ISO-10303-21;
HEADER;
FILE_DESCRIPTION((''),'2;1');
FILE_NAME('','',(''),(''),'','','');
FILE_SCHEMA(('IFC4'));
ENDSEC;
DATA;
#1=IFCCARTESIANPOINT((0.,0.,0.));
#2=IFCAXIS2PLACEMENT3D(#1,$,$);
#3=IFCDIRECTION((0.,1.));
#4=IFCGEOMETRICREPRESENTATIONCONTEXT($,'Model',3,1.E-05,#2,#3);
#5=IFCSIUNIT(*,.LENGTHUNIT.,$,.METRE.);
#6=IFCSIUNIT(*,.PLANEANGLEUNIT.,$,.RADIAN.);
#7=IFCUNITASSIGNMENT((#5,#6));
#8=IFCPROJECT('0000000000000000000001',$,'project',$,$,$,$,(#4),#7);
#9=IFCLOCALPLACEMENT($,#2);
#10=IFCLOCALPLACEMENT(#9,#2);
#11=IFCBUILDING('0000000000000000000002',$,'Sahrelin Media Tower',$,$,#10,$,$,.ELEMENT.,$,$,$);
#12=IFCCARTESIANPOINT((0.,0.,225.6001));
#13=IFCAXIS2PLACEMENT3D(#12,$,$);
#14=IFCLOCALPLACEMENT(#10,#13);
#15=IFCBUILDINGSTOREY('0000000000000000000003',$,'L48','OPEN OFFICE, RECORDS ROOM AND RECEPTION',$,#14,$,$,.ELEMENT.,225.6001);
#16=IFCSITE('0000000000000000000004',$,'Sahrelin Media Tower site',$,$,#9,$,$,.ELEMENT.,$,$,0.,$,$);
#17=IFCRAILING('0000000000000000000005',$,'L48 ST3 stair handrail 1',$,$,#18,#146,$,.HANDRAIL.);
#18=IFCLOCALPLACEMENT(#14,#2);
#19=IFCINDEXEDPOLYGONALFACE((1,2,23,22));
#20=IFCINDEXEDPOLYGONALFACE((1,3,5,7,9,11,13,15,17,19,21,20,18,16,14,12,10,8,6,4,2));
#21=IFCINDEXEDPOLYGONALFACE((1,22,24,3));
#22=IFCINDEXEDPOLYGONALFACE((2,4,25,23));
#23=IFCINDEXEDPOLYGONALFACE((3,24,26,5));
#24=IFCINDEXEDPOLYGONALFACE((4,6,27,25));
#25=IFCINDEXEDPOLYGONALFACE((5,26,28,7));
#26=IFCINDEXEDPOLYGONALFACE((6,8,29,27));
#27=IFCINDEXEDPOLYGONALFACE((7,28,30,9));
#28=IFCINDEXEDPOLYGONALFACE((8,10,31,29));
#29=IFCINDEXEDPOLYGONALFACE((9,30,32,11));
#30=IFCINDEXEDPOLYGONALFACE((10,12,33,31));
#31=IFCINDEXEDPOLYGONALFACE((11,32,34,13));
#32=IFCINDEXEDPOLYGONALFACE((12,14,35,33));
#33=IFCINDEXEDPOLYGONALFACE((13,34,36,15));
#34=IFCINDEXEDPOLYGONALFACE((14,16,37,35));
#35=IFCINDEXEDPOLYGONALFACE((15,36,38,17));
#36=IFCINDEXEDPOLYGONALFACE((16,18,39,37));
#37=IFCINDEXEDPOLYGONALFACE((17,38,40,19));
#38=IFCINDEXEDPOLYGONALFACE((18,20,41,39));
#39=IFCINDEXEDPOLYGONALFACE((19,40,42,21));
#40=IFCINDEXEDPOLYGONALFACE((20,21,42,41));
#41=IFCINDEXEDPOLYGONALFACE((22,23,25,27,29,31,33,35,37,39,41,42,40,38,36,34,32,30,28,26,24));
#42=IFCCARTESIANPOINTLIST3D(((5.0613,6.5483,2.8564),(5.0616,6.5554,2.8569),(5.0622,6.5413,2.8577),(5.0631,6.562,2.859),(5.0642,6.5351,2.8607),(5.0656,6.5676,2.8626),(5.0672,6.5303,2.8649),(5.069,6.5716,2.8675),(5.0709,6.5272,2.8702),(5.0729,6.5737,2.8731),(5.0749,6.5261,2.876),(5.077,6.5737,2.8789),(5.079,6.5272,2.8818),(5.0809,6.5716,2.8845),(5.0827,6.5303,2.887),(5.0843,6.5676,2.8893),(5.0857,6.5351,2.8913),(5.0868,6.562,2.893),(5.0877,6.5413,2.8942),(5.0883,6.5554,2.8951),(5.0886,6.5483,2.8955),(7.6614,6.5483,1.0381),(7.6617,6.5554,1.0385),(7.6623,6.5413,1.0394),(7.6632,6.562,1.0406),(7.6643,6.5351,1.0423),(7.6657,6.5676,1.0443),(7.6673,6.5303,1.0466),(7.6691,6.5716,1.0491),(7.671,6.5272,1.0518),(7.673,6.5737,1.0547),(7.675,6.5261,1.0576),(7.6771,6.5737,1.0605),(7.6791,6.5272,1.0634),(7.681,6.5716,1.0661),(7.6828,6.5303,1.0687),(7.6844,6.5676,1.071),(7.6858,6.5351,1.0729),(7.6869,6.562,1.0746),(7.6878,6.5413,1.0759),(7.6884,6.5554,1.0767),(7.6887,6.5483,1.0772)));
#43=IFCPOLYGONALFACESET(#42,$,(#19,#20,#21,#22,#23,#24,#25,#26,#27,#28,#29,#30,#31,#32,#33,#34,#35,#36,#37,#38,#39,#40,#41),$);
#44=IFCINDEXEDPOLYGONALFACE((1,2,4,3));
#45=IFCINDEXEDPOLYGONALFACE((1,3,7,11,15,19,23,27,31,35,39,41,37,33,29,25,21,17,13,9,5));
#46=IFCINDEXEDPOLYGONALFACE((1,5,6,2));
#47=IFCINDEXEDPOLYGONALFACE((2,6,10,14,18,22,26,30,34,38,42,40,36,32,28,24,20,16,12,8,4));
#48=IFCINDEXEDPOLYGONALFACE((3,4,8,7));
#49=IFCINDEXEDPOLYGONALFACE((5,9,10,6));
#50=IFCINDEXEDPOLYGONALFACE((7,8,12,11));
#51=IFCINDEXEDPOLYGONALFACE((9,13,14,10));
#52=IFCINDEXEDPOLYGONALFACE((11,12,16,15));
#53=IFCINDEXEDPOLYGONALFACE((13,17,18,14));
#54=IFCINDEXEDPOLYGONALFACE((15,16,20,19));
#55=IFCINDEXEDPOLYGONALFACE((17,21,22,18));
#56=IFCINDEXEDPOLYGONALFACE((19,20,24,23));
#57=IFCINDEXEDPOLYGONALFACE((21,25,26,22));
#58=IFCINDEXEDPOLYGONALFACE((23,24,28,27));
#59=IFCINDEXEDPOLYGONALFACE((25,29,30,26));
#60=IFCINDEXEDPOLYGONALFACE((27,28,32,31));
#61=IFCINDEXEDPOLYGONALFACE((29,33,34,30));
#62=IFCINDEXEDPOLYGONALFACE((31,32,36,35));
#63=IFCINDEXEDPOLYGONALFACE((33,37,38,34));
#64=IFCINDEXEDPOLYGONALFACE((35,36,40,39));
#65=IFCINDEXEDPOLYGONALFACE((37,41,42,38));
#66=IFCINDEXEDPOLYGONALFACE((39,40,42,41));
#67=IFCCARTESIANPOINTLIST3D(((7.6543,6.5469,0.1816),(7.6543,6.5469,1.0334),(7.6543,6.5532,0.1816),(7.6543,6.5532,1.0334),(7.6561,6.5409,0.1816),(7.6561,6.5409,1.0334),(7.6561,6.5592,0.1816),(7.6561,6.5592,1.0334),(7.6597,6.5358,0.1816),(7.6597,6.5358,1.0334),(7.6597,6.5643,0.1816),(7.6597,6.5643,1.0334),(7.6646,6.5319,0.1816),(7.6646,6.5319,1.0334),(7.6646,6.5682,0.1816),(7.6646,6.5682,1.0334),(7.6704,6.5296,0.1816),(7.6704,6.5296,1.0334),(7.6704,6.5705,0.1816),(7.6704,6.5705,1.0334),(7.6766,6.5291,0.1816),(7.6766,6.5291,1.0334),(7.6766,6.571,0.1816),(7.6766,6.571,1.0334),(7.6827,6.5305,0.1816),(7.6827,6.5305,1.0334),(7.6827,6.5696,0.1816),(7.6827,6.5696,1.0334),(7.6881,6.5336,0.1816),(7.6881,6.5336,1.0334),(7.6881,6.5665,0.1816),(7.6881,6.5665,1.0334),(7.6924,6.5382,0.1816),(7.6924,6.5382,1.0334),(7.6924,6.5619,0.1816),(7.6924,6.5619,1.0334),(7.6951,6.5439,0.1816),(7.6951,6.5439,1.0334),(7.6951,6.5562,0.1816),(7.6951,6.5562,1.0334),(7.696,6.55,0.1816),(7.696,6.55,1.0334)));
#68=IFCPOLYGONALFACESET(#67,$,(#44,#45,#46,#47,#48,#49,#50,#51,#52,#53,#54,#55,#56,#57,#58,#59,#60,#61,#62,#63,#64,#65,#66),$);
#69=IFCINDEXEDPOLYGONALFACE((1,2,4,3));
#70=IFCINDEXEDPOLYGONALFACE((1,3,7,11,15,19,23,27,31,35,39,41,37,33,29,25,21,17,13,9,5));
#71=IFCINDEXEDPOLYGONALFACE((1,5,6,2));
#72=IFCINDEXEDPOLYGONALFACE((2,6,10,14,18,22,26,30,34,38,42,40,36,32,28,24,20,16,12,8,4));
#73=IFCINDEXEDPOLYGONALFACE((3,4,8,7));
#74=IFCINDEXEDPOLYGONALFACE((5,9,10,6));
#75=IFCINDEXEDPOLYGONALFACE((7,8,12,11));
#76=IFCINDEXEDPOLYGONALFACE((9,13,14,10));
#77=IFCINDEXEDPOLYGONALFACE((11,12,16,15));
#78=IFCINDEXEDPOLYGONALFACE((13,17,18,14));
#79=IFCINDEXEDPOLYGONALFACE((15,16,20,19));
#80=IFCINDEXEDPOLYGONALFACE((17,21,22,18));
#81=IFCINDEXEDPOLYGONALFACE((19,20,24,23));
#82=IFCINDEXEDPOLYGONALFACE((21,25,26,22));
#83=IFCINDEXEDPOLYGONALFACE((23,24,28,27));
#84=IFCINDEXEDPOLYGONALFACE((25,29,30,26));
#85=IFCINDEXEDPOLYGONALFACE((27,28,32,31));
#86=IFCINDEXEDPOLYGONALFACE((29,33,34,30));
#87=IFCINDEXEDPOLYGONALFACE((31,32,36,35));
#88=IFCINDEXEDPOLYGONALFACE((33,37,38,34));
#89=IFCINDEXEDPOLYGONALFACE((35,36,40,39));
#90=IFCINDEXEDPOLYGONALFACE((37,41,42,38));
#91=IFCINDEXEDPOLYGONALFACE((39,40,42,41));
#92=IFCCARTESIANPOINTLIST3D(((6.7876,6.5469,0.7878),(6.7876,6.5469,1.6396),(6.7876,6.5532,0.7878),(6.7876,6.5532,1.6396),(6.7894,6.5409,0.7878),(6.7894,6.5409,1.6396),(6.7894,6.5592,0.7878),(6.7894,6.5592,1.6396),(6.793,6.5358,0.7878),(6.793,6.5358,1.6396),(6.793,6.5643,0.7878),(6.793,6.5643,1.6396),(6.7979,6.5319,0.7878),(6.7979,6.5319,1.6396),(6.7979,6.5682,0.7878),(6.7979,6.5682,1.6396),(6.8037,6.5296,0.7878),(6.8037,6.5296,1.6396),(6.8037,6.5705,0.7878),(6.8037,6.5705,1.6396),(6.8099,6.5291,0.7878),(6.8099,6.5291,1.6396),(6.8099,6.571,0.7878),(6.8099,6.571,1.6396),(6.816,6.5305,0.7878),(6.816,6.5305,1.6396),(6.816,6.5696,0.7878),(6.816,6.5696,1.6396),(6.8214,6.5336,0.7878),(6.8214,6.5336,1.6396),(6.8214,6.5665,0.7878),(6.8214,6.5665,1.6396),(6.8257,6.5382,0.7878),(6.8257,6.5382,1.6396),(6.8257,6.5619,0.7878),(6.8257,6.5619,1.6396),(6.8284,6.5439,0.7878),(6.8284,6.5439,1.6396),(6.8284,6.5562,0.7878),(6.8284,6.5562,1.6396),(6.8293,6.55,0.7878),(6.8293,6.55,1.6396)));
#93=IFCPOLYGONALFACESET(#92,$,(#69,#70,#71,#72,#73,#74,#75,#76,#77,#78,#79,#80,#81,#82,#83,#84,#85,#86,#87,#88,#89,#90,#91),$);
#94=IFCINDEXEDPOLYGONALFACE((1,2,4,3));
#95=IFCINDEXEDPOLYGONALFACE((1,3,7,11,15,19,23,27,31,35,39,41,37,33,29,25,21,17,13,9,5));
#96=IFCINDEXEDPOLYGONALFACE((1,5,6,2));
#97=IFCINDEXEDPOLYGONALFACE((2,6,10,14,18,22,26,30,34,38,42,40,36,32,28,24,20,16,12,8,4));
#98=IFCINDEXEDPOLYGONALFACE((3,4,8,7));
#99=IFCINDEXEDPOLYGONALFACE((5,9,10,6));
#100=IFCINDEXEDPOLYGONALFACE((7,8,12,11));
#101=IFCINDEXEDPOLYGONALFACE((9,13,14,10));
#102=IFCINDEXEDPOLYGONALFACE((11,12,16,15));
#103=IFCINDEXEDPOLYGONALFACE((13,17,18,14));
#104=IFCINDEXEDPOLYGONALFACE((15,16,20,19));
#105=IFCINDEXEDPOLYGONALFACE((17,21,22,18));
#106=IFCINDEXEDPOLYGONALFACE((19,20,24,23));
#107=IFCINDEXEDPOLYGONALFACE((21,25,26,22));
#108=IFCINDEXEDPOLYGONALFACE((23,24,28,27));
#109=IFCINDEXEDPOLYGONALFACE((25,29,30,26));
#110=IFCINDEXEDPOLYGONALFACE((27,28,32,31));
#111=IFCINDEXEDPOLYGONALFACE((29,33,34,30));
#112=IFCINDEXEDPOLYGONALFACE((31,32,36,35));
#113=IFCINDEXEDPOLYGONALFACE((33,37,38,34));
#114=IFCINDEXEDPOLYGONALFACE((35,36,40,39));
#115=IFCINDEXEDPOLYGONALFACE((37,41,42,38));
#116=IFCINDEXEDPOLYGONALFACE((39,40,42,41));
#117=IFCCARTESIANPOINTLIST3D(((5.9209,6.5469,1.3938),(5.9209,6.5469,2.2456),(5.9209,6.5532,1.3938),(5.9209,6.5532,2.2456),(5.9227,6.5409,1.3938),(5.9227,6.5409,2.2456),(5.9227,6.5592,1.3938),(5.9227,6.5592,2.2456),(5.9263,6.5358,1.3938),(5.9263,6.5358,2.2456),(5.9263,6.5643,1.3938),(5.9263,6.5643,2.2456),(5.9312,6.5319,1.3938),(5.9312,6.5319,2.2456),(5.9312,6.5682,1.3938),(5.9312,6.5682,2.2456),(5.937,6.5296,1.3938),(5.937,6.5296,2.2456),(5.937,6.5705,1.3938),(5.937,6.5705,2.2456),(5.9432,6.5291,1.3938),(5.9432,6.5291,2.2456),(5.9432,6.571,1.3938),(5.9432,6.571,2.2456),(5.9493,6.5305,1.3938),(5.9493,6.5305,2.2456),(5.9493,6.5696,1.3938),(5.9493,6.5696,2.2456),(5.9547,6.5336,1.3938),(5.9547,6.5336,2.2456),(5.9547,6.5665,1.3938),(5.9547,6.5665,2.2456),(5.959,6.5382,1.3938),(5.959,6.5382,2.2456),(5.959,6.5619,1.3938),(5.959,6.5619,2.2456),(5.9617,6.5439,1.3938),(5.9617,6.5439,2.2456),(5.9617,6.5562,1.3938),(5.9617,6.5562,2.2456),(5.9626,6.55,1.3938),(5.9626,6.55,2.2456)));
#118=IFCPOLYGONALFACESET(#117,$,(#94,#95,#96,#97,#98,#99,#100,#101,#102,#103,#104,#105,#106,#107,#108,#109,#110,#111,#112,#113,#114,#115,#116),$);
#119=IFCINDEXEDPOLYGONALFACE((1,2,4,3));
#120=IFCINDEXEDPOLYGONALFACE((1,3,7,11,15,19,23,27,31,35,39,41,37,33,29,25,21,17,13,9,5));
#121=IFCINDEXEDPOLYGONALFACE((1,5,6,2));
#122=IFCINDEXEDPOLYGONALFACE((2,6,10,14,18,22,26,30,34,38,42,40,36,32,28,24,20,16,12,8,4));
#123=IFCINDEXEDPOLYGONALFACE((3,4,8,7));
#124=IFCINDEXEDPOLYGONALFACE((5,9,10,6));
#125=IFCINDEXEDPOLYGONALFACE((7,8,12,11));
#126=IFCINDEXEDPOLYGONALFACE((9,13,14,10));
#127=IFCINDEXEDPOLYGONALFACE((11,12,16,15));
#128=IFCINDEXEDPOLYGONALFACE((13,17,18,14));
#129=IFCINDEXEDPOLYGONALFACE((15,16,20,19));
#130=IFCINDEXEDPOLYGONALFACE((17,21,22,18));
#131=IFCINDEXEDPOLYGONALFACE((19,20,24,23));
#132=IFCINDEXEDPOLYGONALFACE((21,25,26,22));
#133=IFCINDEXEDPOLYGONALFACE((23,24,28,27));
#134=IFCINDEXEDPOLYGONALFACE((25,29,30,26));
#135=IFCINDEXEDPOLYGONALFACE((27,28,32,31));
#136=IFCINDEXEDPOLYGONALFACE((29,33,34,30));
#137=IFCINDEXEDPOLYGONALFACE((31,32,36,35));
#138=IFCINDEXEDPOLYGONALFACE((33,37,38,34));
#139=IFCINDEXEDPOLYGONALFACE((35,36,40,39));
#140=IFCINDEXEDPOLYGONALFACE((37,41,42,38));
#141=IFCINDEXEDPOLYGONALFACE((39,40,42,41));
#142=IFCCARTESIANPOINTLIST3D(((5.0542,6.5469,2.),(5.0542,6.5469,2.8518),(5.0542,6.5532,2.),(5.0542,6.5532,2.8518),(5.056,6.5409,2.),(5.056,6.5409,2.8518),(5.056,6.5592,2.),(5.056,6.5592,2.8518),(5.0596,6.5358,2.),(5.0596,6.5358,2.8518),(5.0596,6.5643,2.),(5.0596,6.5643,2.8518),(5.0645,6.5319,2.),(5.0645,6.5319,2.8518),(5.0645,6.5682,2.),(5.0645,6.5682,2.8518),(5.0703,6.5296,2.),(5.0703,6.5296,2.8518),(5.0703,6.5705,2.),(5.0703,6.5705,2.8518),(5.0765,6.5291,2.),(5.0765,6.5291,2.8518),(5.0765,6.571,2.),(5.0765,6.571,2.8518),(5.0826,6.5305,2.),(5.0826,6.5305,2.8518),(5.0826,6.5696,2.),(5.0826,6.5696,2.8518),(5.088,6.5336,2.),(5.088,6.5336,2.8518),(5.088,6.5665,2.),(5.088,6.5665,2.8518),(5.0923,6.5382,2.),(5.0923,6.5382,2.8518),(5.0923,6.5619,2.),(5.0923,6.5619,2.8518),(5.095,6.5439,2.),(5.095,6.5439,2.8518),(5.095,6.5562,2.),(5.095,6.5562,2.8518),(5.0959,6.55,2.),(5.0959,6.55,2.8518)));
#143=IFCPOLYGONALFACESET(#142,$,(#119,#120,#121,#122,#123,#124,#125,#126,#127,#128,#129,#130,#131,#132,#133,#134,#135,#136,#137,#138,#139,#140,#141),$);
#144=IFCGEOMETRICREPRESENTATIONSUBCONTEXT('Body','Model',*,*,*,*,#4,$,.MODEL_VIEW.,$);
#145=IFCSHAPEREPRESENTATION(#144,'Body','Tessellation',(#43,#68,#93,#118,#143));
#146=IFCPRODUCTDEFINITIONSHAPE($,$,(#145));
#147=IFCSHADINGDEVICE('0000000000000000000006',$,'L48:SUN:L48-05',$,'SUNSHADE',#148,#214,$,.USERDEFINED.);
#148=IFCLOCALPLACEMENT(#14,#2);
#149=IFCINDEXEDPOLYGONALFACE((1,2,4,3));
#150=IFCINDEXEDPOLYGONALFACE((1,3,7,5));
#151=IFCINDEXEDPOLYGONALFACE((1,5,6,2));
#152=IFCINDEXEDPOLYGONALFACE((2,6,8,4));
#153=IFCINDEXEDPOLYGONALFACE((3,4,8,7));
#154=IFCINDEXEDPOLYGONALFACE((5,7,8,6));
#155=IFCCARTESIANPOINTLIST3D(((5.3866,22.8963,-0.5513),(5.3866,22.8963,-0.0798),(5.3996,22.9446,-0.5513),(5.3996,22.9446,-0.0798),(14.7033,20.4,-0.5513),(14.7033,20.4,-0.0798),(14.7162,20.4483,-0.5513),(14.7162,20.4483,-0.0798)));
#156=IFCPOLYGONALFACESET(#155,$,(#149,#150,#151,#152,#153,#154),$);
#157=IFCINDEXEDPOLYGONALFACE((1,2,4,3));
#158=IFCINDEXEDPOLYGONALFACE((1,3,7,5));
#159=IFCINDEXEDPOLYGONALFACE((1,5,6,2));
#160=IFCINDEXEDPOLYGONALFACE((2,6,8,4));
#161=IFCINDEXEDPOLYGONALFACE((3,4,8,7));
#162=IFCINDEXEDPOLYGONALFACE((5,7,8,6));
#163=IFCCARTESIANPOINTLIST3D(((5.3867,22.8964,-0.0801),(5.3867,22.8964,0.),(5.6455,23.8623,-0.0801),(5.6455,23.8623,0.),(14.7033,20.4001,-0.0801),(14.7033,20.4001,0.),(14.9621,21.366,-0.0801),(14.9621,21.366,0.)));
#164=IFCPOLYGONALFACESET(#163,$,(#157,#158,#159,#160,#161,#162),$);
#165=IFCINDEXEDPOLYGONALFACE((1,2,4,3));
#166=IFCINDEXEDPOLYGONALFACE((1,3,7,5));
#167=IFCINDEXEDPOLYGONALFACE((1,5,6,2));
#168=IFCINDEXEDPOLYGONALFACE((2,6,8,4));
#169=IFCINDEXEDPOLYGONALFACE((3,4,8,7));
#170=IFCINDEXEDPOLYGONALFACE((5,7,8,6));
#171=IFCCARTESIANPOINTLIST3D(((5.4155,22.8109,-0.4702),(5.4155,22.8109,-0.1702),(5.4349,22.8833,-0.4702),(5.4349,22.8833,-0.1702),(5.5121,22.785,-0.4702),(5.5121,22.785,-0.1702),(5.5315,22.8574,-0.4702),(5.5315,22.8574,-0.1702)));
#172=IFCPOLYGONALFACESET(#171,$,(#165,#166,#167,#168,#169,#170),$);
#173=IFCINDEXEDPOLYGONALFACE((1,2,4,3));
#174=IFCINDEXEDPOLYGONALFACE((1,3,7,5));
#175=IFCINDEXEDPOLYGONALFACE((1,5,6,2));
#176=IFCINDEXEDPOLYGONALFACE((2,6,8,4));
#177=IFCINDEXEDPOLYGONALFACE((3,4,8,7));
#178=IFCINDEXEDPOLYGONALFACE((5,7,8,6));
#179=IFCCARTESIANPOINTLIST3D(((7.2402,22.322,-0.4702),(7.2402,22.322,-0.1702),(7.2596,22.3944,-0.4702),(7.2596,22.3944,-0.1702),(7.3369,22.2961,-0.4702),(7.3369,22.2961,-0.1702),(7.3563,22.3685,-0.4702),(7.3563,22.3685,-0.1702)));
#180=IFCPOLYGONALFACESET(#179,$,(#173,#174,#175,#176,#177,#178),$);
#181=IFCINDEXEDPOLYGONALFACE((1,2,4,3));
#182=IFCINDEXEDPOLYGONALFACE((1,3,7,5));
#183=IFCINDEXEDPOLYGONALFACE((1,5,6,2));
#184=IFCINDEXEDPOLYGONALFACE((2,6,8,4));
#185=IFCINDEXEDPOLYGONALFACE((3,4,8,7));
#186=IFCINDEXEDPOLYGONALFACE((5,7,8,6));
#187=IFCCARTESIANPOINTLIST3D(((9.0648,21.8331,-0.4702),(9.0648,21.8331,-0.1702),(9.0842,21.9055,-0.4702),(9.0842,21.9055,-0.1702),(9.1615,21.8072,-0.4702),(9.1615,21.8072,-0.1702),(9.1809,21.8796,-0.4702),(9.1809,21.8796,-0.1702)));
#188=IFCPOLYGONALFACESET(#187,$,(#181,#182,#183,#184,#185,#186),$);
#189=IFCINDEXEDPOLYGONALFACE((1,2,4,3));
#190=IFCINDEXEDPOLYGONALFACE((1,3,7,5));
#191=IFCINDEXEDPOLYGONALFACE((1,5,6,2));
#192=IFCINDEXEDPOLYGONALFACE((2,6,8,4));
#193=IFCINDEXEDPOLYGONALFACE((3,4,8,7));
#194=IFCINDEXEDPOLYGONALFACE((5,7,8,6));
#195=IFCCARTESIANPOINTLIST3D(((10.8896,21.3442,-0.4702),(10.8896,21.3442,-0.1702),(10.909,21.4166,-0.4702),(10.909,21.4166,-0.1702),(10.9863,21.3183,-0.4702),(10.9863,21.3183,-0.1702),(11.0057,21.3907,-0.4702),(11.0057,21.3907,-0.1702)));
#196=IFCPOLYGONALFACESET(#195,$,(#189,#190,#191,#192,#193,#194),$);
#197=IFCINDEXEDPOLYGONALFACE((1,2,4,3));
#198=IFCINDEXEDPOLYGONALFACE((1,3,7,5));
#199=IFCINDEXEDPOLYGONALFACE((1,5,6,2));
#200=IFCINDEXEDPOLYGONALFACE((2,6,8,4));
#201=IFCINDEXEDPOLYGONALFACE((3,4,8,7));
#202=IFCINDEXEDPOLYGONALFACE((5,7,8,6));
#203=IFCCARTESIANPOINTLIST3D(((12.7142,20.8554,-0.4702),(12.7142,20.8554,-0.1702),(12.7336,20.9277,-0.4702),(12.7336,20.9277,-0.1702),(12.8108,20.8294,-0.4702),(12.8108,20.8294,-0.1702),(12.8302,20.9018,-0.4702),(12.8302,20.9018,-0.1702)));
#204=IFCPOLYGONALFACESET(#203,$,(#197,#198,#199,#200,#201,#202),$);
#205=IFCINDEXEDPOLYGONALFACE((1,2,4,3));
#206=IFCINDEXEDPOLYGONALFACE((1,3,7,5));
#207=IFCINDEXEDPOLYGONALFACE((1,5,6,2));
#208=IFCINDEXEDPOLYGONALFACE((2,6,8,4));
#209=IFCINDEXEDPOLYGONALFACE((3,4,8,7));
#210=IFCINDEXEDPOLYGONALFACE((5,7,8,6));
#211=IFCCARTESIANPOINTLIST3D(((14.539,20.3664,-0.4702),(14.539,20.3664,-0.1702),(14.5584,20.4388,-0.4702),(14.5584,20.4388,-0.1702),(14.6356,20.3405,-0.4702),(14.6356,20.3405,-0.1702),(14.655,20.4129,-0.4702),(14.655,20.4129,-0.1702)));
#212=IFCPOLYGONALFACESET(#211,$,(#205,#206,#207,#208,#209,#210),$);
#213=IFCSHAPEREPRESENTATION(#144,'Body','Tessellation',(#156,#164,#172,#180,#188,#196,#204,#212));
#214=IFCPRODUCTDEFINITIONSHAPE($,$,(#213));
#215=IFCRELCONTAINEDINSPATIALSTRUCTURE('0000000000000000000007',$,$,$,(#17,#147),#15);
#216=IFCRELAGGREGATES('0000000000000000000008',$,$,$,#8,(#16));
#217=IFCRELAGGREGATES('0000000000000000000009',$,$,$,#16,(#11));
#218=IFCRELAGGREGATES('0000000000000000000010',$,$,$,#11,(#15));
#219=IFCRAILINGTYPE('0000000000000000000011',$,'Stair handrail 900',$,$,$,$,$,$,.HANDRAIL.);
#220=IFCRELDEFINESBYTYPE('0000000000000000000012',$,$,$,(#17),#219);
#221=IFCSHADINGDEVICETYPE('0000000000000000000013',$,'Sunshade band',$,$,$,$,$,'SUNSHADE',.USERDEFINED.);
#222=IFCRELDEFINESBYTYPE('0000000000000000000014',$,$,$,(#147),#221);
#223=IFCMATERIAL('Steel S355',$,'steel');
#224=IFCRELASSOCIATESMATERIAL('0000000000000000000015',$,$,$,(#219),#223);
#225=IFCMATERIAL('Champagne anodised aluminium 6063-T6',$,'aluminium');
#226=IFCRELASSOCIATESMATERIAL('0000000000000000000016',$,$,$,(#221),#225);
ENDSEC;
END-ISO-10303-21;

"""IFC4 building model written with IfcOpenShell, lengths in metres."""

from ifc_helpers import new_model, si_unit, direction, frame, origin, origin_2d, place, context, subcontext, project, spatial, rectangle, circle, extrude, material, type_object, element, save


model = new_model("IFC4")

# Units and contexts
model_context = context("Model", 3, precision=1e-05, world=origin(), true_north=direction((0.0, 1.0)))
body_context = subcontext(model_context, "Body", "Model", "MODEL_VIEW")
ifc_project = project(units=[si_unit("LENGTHUNIT", "METRE"), si_unit("PLANEANGLEUNIT", "RADIAN")], contexts=[model_context])

# Site, building, storey
site_placement = place(None, origin())
site = spatial("IfcSite", under=ifc_project, at=site_placement, Name="Sahrelin Media Tower site", CompositionType="ELEMENT", RefElevation=0.0)
building_placement = place(site_placement, origin())
building = spatial("IfcBuilding", under=site, at=building_placement, Name="Sahrelin Media Tower", CompositionType="ELEMENT")
storey_placement = place(building_placement, frame((0.0, 0.0, 225.6001)))
storey = spatial("IfcBuildingStorey", under=building, at=storey_placement, Name="L48", Description="OPEN OFFICE, RECORDS ROOM AND RECEPTION", CompositionType="ELEMENT", Elevation=225.6001)

# Shared definitions
ifc_material_1 = material(Name="Steel S355", Category="steel")

# Shared definitions
ifc_material_2 = material(Name="Champagne anodised aluminium 6063-T6", Category="aluminium")

# Shared definitions
placement = place(storey_placement, frame((10.0398, 21.6289, 0.0), z_axis=(0.0, 0.0, 1.0), x_axis=(0.965929, -0.258808, 0.0)))

# Railing
railing_type = type_object("IfcRailingType", Name="Stair handrail 900", PredefinedType="HANDRAIL", material=ifc_material_1)
railing_placement = place(storey_placement, frame((7.675, 6.55, 0.1816)))
element("IfcRailing", 1, at=railing_placement, inside=storey, type_object=railing_type, Name="L48 ST3 stair handrail 1", PredefinedType="HANDRAIL", context=body_context, shape_type="SweptSolid", body=[
    extrude(circle(Radius=0.0239, at=origin_2d()), frame((0.0, 0.0, 0.876), z_axis=(-0.819485, 0.0, 0.573101), x_axis=(0.0, -1.0, 0.0)), (0.0, 0.0, 1.0), 3.1729),
    extrude(circle(Radius=0.021, at=origin_2d()), origin(), (0.0, 0.0, 1.0), 0.8518),
    extrude(circle(Radius=0.021, at=origin_2d()), frame((-0.8667, 0.0, 0.6062)), (0.0, 0.0, 1.0), 0.8518),
    extrude(circle(Radius=0.021, at=origin_2d()), frame((-1.7334, 0.0, 1.2122)), (0.0, 0.0, 1.0), 0.8518),
    extrude(circle(Radius=0.021, at=origin_2d()), frame((-2.6001, 0.0, 1.8184)), (0.0, 0.0, 1.0), 0.8518),
])

# Shading device
shading_device_type_1 = type_object("IfcShadingDeviceType", Name="Sunshade band", ElementType="SUNSHADE", PredefinedType="USERDEFINED", material=ifc_material_2)
element("IfcShadingDevice", 2, at=placement, inside=storey, type_object=shading_device_type_1, Name="L48:SUN:L48-05", ObjectType="SUNSHADE", PredefinedType="USERDEFINED", context=body_context, shape_type="SweptSolid", body=[
    extrude(rectangle(XDim=9.6453, YDim=0.05, at=origin_2d()), frame((0.0, 0.0449, -0.5513)), (0.0, 0.0, 1.0), 0.4714),
    extrude(rectangle(XDim=9.6453, YDim=1.0, at=origin_2d()), frame((0.0, 0.52, -0.0801)), (0.0, 0.0, 1.0), 0.0801),
    extrude(rectangle(XDim=0.1001, YDim=0.075, at=origin_2d()), frame((-4.7227, -0.0176, -0.4702)), (0.0, 0.0, 1.0), 0.3),
    extrude(rectangle(XDim=0.1001, YDim=0.075, at=origin_2d()), frame((-2.8335, -0.0176, -0.4702)), (0.0, 0.0, 1.0), 0.3),
    extrude(rectangle(XDim=0.1001, YDim=0.075, at=origin_2d()), frame((-0.9446, -0.0176, -0.4702)), (0.0, 0.0, 1.0), 0.3),
    extrude(rectangle(XDim=0.1001, YDim=0.075, at=origin_2d()), frame((0.9446, -0.0176, -0.4702)), (0.0, 0.0, 1.0), 0.3),
    extrude(rectangle(XDim=0.1001, YDim=0.075, at=origin_2d()), frame((2.8335, -0.0176, -0.4702)), (0.0, 0.0, 1.0), 0.3),
    extrude(rectangle(XDim=0.1001, YDim=0.075, at=origin_2d()), frame((4.7227, -0.0176, -0.4702)), (0.0, 0.0, 1.0), 0.3),
])

save(model, "model.ifc")
